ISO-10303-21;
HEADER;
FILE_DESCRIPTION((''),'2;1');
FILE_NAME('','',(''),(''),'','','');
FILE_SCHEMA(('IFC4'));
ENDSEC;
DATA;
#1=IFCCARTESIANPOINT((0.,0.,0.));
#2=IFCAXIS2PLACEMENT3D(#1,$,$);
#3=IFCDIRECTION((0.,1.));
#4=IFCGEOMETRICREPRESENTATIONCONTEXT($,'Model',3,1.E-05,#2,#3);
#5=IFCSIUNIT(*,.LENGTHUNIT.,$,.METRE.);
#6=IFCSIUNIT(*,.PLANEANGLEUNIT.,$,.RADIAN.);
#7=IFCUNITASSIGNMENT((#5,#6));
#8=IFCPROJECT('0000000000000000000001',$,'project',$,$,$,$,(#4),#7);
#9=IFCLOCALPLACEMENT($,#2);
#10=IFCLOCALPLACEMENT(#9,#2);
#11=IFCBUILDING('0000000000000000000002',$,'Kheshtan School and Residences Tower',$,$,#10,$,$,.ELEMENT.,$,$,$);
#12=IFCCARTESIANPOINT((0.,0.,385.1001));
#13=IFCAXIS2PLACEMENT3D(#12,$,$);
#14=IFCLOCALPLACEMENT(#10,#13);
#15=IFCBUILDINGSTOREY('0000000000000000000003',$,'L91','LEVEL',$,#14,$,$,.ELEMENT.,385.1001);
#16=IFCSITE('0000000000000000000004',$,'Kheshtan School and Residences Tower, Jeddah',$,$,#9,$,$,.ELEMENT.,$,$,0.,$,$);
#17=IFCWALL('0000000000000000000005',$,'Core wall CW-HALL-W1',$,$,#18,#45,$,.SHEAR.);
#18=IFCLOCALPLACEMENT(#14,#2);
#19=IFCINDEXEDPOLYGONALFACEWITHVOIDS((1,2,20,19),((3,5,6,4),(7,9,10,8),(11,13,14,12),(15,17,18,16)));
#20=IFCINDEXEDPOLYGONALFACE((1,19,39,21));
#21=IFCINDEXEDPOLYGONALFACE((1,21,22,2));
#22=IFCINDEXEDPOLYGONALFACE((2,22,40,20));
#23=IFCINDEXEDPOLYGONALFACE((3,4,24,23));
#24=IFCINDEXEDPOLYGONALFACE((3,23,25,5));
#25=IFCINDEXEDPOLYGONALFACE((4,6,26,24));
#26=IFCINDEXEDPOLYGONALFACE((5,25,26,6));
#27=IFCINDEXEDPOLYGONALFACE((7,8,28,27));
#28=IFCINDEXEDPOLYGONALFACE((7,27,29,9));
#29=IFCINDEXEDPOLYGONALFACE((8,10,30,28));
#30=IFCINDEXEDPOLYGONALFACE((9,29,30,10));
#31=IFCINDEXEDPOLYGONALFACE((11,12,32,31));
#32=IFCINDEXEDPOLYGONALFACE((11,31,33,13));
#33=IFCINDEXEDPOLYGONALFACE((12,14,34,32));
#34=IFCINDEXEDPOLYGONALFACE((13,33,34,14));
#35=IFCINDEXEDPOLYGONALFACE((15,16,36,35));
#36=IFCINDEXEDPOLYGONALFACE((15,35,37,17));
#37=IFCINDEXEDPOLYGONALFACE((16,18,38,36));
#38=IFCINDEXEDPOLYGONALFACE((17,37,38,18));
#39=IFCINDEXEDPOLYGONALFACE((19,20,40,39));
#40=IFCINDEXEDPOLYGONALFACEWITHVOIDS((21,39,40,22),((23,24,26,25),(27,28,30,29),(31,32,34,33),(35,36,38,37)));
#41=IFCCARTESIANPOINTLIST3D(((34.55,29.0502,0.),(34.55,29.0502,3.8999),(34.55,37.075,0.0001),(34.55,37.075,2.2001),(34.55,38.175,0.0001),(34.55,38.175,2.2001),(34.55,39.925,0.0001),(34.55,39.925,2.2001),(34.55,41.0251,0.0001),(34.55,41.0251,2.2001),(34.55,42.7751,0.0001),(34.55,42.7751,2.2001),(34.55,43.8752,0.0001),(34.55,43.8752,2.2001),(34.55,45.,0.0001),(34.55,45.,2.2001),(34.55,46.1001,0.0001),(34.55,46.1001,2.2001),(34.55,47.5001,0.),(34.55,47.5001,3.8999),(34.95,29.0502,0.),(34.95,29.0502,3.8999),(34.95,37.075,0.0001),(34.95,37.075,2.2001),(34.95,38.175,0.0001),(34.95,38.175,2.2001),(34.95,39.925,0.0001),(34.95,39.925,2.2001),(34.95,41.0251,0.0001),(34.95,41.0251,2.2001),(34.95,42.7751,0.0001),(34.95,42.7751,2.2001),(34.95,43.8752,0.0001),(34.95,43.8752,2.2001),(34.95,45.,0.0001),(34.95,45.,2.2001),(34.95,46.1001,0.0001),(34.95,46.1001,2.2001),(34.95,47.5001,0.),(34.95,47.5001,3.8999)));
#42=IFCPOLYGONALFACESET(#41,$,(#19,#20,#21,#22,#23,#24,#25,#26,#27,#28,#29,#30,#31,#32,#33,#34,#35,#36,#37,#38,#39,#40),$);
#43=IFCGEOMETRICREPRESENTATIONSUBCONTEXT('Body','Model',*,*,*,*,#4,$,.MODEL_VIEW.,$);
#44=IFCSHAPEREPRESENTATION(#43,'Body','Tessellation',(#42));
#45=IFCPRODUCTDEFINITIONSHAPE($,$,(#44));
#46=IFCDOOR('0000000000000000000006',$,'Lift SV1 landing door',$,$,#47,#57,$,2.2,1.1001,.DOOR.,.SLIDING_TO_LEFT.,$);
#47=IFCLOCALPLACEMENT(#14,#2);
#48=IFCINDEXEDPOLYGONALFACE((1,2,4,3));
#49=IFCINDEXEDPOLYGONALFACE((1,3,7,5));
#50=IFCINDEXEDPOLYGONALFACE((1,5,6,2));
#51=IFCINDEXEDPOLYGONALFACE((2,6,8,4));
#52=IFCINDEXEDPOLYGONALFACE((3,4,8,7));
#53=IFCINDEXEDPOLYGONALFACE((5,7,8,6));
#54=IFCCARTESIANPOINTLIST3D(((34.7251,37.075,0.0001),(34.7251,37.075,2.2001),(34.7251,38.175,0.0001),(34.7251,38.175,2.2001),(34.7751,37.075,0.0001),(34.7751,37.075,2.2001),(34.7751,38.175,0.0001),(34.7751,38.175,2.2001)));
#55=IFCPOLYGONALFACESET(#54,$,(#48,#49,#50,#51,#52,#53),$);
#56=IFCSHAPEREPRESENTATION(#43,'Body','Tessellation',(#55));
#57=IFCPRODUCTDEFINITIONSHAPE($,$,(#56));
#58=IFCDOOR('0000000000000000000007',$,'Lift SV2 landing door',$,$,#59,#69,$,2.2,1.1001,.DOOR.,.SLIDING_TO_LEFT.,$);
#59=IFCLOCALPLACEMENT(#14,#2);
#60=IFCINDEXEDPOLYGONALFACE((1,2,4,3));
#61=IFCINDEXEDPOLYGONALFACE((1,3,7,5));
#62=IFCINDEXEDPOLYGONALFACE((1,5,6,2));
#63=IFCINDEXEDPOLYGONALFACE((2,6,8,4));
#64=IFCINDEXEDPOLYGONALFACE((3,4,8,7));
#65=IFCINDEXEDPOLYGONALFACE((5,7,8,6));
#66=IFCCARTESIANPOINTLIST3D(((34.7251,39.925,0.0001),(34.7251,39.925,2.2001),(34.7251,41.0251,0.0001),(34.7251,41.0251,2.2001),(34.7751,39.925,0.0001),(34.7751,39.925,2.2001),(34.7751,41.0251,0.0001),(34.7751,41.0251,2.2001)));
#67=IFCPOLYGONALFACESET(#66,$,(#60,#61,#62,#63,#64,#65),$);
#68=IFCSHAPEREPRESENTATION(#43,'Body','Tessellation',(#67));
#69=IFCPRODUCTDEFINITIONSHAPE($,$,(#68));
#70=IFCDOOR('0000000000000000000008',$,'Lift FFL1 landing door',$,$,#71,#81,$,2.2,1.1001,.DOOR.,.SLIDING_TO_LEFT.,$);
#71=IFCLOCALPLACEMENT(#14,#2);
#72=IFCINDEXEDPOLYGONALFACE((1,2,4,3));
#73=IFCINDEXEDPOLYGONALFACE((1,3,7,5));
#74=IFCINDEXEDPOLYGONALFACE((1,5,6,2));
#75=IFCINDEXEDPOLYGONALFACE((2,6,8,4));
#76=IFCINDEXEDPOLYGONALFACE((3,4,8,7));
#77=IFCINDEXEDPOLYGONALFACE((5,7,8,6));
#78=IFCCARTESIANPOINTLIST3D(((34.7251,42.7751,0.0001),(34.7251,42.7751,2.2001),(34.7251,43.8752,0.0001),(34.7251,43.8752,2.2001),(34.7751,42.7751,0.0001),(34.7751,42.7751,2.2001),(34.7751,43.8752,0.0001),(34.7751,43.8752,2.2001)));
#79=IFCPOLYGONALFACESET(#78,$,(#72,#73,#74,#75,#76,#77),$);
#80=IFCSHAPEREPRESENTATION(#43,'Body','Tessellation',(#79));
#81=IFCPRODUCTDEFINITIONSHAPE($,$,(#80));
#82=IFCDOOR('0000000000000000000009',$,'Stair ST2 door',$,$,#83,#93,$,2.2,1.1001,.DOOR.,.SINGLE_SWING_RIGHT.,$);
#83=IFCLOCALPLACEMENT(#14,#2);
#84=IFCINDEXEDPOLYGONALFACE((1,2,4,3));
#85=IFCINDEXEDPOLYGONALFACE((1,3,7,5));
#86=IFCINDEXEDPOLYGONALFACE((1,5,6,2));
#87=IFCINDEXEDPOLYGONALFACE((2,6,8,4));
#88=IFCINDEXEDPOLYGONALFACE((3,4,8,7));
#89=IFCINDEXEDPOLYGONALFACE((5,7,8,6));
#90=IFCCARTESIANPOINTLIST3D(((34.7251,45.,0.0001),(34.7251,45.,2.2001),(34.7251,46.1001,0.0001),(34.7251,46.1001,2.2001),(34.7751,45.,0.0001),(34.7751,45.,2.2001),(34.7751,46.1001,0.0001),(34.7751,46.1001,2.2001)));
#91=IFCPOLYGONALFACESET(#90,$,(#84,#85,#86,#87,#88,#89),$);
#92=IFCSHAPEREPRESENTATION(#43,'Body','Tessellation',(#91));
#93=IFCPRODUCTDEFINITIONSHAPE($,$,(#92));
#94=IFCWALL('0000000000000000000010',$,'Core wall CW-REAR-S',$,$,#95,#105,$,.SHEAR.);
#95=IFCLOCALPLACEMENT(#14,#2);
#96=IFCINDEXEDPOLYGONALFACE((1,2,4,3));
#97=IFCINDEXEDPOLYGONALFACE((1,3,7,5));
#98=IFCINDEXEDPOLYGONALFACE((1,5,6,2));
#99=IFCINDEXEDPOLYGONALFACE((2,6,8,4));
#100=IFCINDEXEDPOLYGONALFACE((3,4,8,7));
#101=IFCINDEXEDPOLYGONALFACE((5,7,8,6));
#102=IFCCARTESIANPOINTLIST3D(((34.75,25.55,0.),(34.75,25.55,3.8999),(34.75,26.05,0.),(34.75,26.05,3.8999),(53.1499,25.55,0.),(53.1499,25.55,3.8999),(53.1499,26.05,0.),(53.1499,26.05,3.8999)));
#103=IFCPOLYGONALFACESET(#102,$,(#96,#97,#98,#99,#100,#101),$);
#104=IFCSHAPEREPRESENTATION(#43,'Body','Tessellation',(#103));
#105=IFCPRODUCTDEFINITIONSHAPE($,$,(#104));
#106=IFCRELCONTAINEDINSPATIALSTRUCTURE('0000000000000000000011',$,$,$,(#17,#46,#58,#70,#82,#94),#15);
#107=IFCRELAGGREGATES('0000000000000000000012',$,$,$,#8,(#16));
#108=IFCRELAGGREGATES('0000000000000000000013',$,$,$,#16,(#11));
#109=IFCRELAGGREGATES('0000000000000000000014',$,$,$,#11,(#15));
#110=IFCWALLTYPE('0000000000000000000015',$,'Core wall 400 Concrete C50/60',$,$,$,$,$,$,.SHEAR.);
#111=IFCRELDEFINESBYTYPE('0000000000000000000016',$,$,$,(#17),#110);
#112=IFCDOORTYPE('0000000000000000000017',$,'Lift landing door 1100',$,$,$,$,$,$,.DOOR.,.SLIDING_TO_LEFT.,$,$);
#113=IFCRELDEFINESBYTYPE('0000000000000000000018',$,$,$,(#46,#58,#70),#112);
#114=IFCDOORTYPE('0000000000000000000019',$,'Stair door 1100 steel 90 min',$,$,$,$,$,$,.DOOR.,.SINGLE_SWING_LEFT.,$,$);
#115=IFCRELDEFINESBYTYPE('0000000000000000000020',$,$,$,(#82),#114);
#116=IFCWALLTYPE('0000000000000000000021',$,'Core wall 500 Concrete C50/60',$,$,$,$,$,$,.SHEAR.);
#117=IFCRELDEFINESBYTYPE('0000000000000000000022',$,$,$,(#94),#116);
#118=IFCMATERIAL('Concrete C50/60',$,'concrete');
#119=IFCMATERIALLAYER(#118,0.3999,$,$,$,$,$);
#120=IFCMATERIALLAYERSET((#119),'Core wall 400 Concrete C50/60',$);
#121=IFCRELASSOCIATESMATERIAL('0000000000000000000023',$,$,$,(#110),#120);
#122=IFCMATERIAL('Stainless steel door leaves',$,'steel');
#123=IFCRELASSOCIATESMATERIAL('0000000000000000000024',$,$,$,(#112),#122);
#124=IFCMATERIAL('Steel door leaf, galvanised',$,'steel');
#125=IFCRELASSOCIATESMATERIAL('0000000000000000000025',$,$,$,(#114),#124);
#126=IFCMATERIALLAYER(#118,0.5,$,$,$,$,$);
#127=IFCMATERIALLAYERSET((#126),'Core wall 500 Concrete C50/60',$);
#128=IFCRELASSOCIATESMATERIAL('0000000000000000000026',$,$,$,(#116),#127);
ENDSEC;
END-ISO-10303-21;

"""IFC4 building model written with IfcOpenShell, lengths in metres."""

from ifc_helpers import new_model, si_unit, direction, frame, frame_2d, origin, place, context, subcontext, project, spatial, rectangle, extrude, source, transform, mapped, material, layer, layer_set, type_object, element, fill, save


model = new_model("IFC4")

# Units and contexts
model_context = context("Model", 3, precision=1e-05, world=origin(), true_north=direction((0.0, 1.0)))
body_context = subcontext(model_context, "Body", "Model", "MODEL_VIEW")
ifc_project = project(units=[si_unit("LENGTHUNIT", "METRE"), si_unit("PLANEANGLEUNIT", "RADIAN")], contexts=[model_context])

# Site, building, storey
site_placement = place(None, origin())
site = spatial("IfcSite", under=ifc_project, at=site_placement, Name="Kheshtan School and Residences Tower, Jeddah", CompositionType="ELEMENT", RefElevation=0.0)
building_placement = place(site_placement, origin())
building = spatial("IfcBuilding", under=site, at=building_placement, Name="Kheshtan School and Residences Tower", CompositionType="ELEMENT")
storey_placement = place(building_placement, frame((0.0, 0.0, 385.1001)))
storey = spatial("IfcBuildingStorey", under=building, at=storey_placement, Name="L91", Description="LEVEL", CompositionType="ELEMENT", Elevation=385.1001)

# Wall, openings, doors
ifc_material_1 = material(Name="Concrete C50/60", Category="concrete")
ifc_layer_1 = layer(ifc_material_1, 0.3999)
ifc_layer_set_1 = layer_set([ifc_layer_1], Name="Core wall 400 Concrete C50/60")
wall_type_1 = type_object("IfcWallType", Name="Core wall 400 Concrete C50/60", PredefinedType="SHEAR", material=ifc_layer_set_1)
ifc_material_2 = material(Name="Stainless steel door leaves", Category="steel")
door_type_1 = type_object("IfcDoorType", Name="Lift landing door 1100", OperationType="SLIDING_TO_LEFT", PredefinedType="DOOR", material=ifc_material_2)
shared_shape_1 = source(origin(), body_context, "Body", "SweptSolid", [
    extrude(rectangle(XDim=1.1001, YDim=2.2, at=frame_2d((0.55, 1.1001))), frame((0.0, 0.0249, 0.0), z_axis=(0.0, -1.0, 0.0), x_axis=(1.0, 0.0, 0.0)), (0.0, 0.0, 1.0), 0.05),
])
ifc_material_3 = material(Name="Steel door leaf, galvanised", Category="steel")
wall_1_placement = place(storey_placement, frame((34.75, 29.05, 0.0), z_axis=(0.0, 0.0, 1.0), x_axis=(0.0, 1.0, 0.0)))
wall_1 = element("IfcWall", 1, at=wall_1_placement, inside=storey, type_object=wall_type_1, Name="Core wall CW-HALL-W1", PredefinedType="SHEAR", context=body_context, shape_type="SweptSolid", body=[
    extrude(rectangle(XDim=18.45, YDim=0.3999, at=frame_2d((9.2251, 0.0))), origin(), (0.0, 0.0, 1.0), 3.8999),
])
opening_1_placement = place(wall_1_placement, frame((8.0249, 0.0, 0.0)))
opening_1 = element("IfcOpeningElement", 2, at=opening_1_placement, cuts=wall_1, PredefinedType="OPENING", context=body_context, shape_type="SweptSolid", body=[
    extrude(rectangle(XDim=1.1001, YDim=2.2, at=frame_2d((0.55, 1.1001))), frame((0.0, 0.21, 0.0), z_axis=(0.0, -1.0, 0.0), x_axis=(1.0, 0.0, 0.0)), (0.0, 0.0, 1.0), 0.4199),
])
opening_2_placement = place(wall_1_placement, frame((10.875, 0.0, 0.0)))
opening_2 = element("IfcOpeningElement", 3, at=opening_2_placement, cuts=wall_1, PredefinedType="OPENING", context=body_context, shape_type="SweptSolid", body=[
    extrude(rectangle(XDim=1.1001, YDim=2.2, at=frame_2d((0.55, 1.1001))), frame((0.0, 0.21, 0.0), z_axis=(0.0, -1.0, 0.0), x_axis=(1.0, 0.0, 0.0)), (0.0, 0.0, 1.0), 0.4199),
])
opening_3_placement = place(wall_1_placement, frame((13.7251, 0.0, 0.0)))
opening_3 = element("IfcOpeningElement", 4, at=opening_3_placement, cuts=wall_1, PredefinedType="OPENING", context=body_context, shape_type="SweptSolid", body=[
    extrude(rectangle(XDim=1.1001, YDim=2.2, at=frame_2d((0.55, 1.1001))), frame((0.0, 0.21, 0.0), z_axis=(0.0, -1.0, 0.0), x_axis=(1.0, 0.0, 0.0)), (0.0, 0.0, 1.0), 0.4199),
])
opening_4_placement = place(wall_1_placement, frame((15.95, 0.0, 0.0)))
opening_4 = element("IfcOpeningElement", 5, at=opening_4_placement, cuts=wall_1, PredefinedType="OPENING", context=body_context, shape_type="SweptSolid", body=[
    extrude(rectangle(XDim=1.1001, YDim=2.2, at=frame_2d((0.55, 1.1001))), frame((0.0, 0.21, 0.0), z_axis=(0.0, -1.0, 0.0), x_axis=(1.0, 0.0, 0.0)), (0.0, 0.0, 1.0), 0.4199),
])
door_1_placement = place(opening_1_placement, origin())
door_1 = element("IfcDoor", 6, at=door_1_placement, inside=storey, type_object=door_type_1, Name="Lift SV1 landing door", OperationType="SLIDING_TO_LEFT", OverallHeight=2.2, OverallWidth=1.1001, PredefinedType="DOOR", context=body_context, shape_type="MappedRepresentation", body=[
    mapped(shared_shape_1, transform((0.0, 0.0, 0.0), x_axis=(1.0, 0.0, 0.0), y_axis=(0.0, 1.0, 0.0), z_axis=(0.0, 0.0, 1.0), scale=1.0)),
])
fill(opening_1, door_1)
door_2_placement = place(opening_2_placement, origin())
door_2 = element("IfcDoor", 7, at=door_2_placement, inside=storey, type_object=door_type_1, Name="Lift SV2 landing door", OperationType="SLIDING_TO_LEFT", OverallHeight=2.2, OverallWidth=1.1001, PredefinedType="DOOR", context=body_context, shape_type="MappedRepresentation", body=[
    mapped(shared_shape_1, transform((0.0, 0.0, 0.0), x_axis=(1.0, 0.0, 0.0), y_axis=(0.0, 1.0, 0.0), z_axis=(0.0, 0.0, 1.0), scale=1.0)),
])
fill(opening_2, door_2)
door_3_placement = place(opening_3_placement, origin())
door_3 = element("IfcDoor", 8, at=door_3_placement, inside=storey, type_object=door_type_1, Name="Lift FFL1 landing door", OperationType="SLIDING_TO_LEFT", OverallHeight=2.2, OverallWidth=1.1001, PredefinedType="DOOR", context=body_context, shape_type="MappedRepresentation", body=[
    mapped(shared_shape_1, transform((0.0, 0.0, 0.0), x_axis=(1.0, 0.0, 0.0), y_axis=(0.0, 1.0, 0.0), z_axis=(0.0, 0.0, 1.0), scale=1.0)),
])
fill(opening_3, door_3)
door_type_2 = type_object("IfcDoorType", Name="Stair door 1100 steel 90 min", OperationType="SINGLE_SWING_LEFT", PredefinedType="DOOR", material=ifc_material_3)
shared_shape_2 = source(origin(), body_context, "Body", "SweptSolid", [
    extrude(rectangle(XDim=1.1001, YDim=2.2, at=frame_2d((0.55, 1.1001))), frame((0.0, 0.0249, 0.0), z_axis=(0.0, -1.0, 0.0), x_axis=(1.0, 0.0, 0.0)), (0.0, 0.0, 1.0), 0.05),
])
door_4_placement = place(opening_4_placement, origin())
door_4 = element("IfcDoor", 9, at=door_4_placement, inside=storey, type_object=door_type_2, Name="Stair ST2 door", OperationType="SINGLE_SWING_RIGHT", OverallHeight=2.2, OverallWidth=1.1001, PredefinedType="DOOR", context=body_context, shape_type="MappedRepresentation", body=[
    mapped(shared_shape_2, transform((0.0, 0.0, 0.0), x_axis=(1.0, 0.0, 0.0), y_axis=(0.0, 1.0, 0.0), z_axis=(0.0, 0.0, 1.0), scale=1.0)),
])
fill(opening_4, door_4)

# Wall
ifc_layer_2 = layer(ifc_material_1, 0.5)
ifc_layer_set_2 = layer_set([ifc_layer_2], Name="Core wall 500 Concrete C50/60")
wall_type_2 = type_object("IfcWallType", Name="Core wall 500 Concrete C50/60", PredefinedType="SHEAR", material=ifc_layer_set_2)
wall_2_placement = place(storey_placement, frame((34.75, 25.8, 0.0), z_axis=(0.0, 0.0, 1.0), x_axis=(1.0, 0.0, 0.0)))
element("IfcWall", 10, at=wall_2_placement, inside=storey, type_object=wall_type_2, Name="Core wall CW-REAR-S", PredefinedType="SHEAR", context=body_context, shape_type="SweptSolid", body=[
    extrude(rectangle(XDim=18.3999, YDim=0.5, at=frame_2d((9.2, 0.0))), origin(), (0.0, 0.0, 1.0), 3.8999),
])

save(model, "model.ifc")
